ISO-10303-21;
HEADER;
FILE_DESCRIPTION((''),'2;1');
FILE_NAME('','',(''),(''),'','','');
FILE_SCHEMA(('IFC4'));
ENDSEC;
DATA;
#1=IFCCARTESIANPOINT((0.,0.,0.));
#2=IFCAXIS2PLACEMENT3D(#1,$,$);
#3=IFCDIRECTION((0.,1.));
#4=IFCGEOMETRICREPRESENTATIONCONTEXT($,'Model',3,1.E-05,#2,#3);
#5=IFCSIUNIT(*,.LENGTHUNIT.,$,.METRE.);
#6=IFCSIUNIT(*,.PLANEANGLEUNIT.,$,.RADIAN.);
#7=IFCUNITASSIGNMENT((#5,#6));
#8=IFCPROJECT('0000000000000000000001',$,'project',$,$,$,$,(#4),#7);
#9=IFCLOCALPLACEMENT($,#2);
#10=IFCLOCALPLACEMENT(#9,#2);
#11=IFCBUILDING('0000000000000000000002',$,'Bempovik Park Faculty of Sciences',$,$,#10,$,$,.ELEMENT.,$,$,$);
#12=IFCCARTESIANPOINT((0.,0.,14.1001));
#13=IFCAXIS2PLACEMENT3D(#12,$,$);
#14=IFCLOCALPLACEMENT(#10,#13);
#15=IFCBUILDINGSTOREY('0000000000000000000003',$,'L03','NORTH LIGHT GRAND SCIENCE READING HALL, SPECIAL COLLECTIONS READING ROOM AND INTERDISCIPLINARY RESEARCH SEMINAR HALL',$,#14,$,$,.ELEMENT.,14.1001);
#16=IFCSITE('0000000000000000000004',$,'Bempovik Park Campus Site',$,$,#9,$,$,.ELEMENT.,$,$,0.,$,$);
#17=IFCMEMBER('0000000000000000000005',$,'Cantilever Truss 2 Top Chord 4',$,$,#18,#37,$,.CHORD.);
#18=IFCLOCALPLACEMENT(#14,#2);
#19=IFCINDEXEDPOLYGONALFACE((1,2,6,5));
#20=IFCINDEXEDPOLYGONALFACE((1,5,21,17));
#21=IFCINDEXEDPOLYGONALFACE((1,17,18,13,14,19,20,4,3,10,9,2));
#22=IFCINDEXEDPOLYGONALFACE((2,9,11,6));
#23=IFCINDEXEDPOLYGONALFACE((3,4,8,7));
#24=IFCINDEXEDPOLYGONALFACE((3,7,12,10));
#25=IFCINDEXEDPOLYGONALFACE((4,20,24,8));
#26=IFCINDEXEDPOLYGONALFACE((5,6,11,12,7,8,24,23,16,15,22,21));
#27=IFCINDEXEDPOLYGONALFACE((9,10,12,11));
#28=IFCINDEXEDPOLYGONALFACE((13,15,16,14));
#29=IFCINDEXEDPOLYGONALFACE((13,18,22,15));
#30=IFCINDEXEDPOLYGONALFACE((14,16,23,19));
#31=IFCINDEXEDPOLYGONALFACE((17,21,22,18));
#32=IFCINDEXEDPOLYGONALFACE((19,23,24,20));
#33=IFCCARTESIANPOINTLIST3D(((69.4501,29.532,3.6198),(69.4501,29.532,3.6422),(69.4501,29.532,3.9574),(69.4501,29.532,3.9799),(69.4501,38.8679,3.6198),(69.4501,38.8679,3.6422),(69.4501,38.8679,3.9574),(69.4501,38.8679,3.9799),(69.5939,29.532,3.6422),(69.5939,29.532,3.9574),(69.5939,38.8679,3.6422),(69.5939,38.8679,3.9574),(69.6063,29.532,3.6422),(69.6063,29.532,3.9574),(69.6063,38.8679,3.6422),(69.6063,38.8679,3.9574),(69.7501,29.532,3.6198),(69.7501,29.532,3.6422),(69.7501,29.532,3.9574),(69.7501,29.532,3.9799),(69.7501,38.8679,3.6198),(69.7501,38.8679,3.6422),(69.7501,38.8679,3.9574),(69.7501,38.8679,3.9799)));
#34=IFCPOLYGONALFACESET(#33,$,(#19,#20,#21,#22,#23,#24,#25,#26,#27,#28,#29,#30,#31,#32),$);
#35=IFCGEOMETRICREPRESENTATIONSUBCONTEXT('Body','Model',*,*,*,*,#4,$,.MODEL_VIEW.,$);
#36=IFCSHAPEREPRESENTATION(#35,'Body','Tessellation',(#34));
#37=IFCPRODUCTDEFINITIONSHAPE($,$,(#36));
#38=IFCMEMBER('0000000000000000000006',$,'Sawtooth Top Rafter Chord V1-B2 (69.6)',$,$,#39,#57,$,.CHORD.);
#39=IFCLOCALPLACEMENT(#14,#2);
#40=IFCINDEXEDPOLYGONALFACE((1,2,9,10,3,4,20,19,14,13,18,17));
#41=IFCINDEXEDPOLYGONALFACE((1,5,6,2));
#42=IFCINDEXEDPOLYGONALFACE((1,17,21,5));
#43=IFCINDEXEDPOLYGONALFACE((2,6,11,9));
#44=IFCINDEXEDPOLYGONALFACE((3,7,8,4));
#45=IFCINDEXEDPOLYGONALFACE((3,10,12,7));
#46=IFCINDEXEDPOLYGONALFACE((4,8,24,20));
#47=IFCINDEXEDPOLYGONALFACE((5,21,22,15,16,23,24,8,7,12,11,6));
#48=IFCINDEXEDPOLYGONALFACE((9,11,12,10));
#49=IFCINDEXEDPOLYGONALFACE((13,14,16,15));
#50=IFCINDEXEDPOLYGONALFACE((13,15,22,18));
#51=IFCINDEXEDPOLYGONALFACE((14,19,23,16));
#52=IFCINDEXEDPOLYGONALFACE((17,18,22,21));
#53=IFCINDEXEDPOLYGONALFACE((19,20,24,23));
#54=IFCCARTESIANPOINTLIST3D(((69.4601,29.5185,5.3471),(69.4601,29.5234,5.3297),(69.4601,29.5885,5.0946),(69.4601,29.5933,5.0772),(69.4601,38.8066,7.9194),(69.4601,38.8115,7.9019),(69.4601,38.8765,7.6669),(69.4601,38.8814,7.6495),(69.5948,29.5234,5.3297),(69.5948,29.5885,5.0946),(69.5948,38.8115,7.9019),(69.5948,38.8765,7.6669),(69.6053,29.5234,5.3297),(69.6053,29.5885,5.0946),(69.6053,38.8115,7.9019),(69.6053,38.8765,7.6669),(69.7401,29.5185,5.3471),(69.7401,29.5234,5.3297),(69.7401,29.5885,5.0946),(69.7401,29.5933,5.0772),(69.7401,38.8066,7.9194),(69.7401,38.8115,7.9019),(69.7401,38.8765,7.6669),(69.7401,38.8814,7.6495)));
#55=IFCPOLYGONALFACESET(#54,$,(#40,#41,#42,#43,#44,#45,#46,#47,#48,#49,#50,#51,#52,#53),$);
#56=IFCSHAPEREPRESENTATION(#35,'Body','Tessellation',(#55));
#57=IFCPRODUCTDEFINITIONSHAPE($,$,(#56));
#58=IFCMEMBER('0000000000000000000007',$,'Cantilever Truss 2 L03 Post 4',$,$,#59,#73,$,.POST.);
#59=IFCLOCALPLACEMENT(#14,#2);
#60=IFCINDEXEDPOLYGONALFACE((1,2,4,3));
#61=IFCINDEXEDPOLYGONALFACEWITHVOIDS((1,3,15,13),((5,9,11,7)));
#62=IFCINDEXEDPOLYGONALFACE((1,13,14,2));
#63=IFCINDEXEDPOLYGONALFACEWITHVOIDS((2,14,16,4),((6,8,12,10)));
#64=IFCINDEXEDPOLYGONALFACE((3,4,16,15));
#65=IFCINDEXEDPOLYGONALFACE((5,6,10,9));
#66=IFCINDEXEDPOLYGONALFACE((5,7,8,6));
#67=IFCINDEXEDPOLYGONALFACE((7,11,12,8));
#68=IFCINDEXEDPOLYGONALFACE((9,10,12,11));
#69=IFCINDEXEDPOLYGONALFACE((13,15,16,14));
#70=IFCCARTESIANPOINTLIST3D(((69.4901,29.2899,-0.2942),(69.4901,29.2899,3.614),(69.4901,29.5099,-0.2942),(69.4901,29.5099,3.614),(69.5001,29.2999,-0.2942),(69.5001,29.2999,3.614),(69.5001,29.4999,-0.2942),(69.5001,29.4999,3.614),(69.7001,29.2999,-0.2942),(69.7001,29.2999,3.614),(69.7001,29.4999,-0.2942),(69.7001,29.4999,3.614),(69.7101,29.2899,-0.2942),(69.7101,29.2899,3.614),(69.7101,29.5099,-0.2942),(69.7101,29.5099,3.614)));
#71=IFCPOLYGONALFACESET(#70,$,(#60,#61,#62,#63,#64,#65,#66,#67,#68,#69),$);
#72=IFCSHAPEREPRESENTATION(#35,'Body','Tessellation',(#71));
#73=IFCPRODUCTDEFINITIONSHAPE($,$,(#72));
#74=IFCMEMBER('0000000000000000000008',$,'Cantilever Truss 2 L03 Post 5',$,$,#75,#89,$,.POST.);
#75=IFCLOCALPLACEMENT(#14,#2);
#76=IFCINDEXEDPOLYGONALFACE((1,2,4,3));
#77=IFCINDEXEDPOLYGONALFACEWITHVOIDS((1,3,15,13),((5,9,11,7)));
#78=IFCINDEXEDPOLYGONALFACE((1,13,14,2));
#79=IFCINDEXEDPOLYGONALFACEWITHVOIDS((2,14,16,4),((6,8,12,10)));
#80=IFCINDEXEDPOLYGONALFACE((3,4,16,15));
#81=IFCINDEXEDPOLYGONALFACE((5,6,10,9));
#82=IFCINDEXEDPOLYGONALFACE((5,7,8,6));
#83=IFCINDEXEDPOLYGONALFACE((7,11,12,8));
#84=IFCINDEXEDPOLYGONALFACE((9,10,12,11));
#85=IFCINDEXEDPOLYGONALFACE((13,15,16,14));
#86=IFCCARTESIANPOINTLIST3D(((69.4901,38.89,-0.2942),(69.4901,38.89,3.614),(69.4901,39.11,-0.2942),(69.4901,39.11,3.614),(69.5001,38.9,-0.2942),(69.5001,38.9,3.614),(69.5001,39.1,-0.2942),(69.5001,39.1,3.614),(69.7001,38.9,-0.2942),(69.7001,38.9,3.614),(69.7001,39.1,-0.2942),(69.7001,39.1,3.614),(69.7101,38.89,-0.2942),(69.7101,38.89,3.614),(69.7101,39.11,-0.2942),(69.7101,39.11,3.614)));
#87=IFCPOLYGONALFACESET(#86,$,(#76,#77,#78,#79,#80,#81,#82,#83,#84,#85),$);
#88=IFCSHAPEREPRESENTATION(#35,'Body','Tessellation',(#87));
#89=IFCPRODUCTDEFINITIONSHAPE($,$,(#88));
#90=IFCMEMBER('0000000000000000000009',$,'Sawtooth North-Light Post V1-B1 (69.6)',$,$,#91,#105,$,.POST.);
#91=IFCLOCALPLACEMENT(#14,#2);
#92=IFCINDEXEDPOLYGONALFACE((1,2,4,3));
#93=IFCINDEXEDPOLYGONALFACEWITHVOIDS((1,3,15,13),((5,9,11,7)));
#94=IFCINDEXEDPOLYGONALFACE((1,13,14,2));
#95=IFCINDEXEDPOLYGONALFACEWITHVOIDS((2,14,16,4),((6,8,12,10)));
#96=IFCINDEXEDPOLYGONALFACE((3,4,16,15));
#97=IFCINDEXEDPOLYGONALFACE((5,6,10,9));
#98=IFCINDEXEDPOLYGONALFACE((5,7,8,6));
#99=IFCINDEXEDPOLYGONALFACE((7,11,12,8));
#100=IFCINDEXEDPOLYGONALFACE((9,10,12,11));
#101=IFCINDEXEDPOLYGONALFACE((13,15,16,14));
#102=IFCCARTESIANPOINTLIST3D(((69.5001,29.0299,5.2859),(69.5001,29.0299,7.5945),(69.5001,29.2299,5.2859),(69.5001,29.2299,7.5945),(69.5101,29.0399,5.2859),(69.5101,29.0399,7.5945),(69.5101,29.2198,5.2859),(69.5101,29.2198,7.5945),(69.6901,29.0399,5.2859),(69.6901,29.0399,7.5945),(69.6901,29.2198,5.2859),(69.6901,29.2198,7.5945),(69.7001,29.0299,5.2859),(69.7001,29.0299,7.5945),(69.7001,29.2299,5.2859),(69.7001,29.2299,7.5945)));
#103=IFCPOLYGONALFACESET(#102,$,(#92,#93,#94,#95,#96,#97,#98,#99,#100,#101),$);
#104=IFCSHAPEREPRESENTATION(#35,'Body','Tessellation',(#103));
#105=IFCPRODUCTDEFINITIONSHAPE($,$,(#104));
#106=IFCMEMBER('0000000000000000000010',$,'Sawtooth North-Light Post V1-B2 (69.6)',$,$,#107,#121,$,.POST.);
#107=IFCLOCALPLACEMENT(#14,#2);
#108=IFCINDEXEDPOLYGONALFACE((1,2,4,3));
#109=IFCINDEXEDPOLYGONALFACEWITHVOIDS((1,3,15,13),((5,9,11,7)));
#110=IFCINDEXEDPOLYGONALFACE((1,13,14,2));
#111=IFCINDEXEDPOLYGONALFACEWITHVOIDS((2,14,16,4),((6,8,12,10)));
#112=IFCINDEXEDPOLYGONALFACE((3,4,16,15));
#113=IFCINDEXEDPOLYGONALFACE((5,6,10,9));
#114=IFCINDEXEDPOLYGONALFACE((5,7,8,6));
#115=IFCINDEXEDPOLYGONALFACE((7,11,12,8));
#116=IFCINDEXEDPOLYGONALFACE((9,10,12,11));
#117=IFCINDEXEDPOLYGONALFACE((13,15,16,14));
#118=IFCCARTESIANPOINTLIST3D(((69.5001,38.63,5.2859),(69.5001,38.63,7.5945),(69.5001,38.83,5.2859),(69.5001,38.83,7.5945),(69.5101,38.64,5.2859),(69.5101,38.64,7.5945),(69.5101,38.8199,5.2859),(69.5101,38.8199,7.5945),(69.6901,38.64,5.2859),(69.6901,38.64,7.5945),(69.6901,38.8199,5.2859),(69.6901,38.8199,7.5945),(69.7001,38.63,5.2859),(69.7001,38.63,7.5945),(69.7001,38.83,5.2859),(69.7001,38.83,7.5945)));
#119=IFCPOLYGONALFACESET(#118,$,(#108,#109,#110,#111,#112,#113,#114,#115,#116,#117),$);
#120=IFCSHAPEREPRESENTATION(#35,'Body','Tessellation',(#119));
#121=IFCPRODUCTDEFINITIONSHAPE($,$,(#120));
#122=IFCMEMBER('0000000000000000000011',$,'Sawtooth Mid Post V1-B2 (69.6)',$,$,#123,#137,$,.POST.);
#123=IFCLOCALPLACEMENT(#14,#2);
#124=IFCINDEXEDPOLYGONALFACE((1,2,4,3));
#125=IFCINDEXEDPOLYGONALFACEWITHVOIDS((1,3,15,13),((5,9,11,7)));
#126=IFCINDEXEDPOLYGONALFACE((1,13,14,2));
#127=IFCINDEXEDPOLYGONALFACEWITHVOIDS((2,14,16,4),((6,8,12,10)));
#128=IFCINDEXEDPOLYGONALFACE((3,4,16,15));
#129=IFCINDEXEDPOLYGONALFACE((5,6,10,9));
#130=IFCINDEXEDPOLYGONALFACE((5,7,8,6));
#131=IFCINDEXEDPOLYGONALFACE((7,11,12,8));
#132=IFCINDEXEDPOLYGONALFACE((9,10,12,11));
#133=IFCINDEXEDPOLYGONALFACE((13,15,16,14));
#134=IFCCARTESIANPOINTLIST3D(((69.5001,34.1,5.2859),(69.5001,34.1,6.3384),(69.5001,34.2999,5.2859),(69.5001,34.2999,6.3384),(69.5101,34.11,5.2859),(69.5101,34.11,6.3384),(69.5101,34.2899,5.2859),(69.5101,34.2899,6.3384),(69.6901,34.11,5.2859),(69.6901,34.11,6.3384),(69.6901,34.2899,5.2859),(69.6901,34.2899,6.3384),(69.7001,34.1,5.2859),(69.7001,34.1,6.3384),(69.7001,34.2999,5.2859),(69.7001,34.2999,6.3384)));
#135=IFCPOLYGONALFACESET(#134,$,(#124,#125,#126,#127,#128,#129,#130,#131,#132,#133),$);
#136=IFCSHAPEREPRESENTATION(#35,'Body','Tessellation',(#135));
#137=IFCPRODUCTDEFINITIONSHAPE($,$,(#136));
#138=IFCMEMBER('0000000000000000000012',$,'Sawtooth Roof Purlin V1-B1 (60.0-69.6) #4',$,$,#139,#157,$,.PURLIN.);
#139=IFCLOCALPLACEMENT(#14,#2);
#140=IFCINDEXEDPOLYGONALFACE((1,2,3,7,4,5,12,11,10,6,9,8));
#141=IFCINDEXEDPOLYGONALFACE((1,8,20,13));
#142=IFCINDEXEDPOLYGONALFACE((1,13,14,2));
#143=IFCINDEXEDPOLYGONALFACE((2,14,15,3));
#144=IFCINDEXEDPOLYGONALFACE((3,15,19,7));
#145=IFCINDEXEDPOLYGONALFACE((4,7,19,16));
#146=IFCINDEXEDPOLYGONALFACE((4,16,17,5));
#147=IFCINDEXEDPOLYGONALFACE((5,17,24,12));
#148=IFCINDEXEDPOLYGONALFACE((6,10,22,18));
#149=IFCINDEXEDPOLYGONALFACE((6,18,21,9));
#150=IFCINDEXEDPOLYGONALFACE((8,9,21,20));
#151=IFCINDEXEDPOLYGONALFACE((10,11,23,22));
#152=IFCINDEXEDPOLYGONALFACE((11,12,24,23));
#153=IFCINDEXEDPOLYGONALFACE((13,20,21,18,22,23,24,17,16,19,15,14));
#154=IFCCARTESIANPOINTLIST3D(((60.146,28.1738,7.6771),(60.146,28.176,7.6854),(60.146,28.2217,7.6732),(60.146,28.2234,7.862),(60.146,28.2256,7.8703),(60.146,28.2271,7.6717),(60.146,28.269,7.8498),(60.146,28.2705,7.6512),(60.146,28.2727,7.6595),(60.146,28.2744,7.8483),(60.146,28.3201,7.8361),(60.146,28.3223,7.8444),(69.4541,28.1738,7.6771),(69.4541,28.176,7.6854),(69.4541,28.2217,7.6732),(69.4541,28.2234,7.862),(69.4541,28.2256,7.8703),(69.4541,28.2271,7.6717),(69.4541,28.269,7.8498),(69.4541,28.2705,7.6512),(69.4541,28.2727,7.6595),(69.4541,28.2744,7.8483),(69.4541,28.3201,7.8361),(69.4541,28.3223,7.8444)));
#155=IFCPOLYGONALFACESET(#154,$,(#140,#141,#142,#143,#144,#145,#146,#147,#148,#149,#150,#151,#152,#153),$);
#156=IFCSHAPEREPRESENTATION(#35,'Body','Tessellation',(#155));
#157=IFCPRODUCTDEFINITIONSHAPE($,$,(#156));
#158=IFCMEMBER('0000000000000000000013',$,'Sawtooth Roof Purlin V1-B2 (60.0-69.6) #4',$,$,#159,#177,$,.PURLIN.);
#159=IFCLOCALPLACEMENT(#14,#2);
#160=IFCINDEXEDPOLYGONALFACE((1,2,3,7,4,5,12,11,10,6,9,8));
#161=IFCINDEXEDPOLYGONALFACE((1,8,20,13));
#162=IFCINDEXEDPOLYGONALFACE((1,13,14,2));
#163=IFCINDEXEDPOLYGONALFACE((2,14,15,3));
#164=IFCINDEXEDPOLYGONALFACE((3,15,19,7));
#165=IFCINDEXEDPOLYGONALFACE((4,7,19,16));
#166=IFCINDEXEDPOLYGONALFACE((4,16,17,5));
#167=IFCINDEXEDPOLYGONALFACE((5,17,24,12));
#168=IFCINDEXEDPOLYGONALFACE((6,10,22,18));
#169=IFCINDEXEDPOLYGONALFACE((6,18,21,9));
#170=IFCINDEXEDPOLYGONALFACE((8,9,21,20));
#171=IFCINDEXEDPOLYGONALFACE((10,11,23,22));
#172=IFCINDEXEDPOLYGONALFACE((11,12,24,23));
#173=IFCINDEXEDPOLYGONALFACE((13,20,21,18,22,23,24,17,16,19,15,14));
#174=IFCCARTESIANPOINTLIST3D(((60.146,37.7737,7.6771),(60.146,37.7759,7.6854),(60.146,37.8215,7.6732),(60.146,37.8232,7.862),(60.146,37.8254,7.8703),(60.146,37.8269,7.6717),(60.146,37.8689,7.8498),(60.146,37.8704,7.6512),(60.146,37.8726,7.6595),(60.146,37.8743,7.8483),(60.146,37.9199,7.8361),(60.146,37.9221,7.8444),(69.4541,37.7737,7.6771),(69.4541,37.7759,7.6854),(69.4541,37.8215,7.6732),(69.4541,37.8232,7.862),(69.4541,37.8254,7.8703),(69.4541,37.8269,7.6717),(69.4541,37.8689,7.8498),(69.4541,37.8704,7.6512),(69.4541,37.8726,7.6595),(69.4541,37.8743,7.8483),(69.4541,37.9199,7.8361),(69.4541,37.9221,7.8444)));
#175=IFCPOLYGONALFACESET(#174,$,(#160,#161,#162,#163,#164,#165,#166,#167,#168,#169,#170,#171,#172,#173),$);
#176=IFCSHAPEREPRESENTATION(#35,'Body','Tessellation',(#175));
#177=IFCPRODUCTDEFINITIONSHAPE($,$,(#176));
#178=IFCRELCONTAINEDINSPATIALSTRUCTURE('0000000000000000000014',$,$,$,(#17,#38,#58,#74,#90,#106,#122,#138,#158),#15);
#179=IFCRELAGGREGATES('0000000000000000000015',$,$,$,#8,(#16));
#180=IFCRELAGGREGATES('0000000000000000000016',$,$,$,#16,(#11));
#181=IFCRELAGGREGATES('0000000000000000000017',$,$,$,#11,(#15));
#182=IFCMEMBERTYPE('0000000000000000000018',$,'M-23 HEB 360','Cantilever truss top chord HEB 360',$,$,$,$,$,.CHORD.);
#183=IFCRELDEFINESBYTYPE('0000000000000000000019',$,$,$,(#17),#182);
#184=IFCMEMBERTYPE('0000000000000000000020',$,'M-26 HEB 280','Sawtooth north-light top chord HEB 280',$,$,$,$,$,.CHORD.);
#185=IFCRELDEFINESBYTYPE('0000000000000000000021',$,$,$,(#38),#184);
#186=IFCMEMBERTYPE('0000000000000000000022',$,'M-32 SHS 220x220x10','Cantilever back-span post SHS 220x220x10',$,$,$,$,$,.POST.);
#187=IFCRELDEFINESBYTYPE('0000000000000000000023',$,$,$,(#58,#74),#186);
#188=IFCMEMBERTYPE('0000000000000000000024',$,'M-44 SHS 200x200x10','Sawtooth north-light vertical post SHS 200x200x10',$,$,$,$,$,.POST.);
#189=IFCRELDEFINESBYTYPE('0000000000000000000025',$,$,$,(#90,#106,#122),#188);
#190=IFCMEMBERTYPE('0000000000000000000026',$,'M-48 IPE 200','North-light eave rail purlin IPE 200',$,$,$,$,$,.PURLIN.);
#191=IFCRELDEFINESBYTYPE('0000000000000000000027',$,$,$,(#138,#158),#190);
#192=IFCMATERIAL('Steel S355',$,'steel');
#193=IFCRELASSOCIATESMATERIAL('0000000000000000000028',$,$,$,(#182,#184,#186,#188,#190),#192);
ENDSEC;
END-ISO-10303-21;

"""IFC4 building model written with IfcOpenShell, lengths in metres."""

from ifc_helpers import new_model, si_unit, direction, frame, origin, origin_2d, place, context, subcontext, project, spatial, hollow_rectangle, i_section, extrude, material, material_profile, profile_set, type_object, element, save


model = new_model("IFC4")

# Units and contexts
model_context = context("Model", 3, precision=1e-05, world=origin(), true_north=direction((0.0, 1.0)))
body_context = subcontext(model_context, "Body", "Model", "MODEL_VIEW")
ifc_project = project(units=[si_unit("LENGTHUNIT", "METRE"), si_unit("PLANEANGLEUNIT", "RADIAN")], contexts=[model_context])

# Site, building, storey
site_placement = place(None, origin())
site = spatial("IfcSite", under=ifc_project, at=site_placement, Name="Bempovik Park Campus Site", CompositionType="ELEMENT", RefElevation=0.0)
building_placement = place(site_placement, origin())
building = spatial("IfcBuilding", under=site, at=building_placement, Name="Bempovik Park Faculty of Sciences", CompositionType="ELEMENT")
storey_placement = place(building_placement, frame((0.0, 0.0, 14.1001)))
storey = spatial("IfcBuildingStorey", under=building, at=storey_placement, Name="L03", Description="NORTH LIGHT GRAND SCIENCE READING HALL, SPECIAL COLLECTIONS READING ROOM AND INTERDISCIPLINARY RESEARCH SEMINAR HALL", CompositionType="ELEMENT", Elevation=14.1001)

# Shared definitions
ifc_material_1 = material(Name="Steel S355", Category="steel")

# Members
ifc_material_profile_1 = material_profile(ifc_material_1, i_section(OverallWidth=0.3, OverallDepth=0.3601, WebThickness=0.0125, FlangeThickness=0.0225, at=origin_2d()), Name="HEB 360")
ifc_profile_set_1 = profile_set([ifc_material_profile_1], Name="Steel S355")
member_type_1 = type_object("IfcMemberType", Name="M-23 HEB 360", Description="Cantilever truss top chord HEB 360", PredefinedType="CHORD", material=ifc_profile_set_1)
member_1_placement = place(storey_placement, frame((69.6001, 29.532, 3.7998), z_axis=(0.0, 1.0, 0.0), x_axis=(-1.0, 0.0, 0.0)))
element("IfcMember", 1, at=member_1_placement, inside=storey, type_object=member_type_1, Name="Cantilever Truss 2 Top Chord 4", PredefinedType="CHORD", context=body_context, shape_type="SweptSolid", body=[
    extrude(i_section(OverallWidth=0.3, OverallDepth=0.3601, WebThickness=0.0125, FlangeThickness=0.0225, at=origin_2d()), origin(), (0.0, 0.0, 1.0), 9.3359),
])
ifc_material_profile_2 = material_profile(ifc_material_1, i_section(OverallWidth=0.28, OverallDepth=0.28, WebThickness=0.0105, FlangeThickness=0.0181, at=origin_2d()), Name="HEB 280")
ifc_profile_set_2 = profile_set([ifc_material_profile_2], Name="Steel S355")
member_type_2 = type_object("IfcMemberType", Name="M-26 HEB 280", Description="Sawtooth north-light top chord HEB 280", PredefinedType="CHORD", material=ifc_profile_set_2)
member_2_placement = place(storey_placement, frame((69.6001, 29.5559, 5.2122), z_axis=(0.0, 0.963725, 0.266896), x_axis=(-1.0, 0.0, 0.0)))
element("IfcMember", 2, at=member_2_placement, inside=storey, type_object=member_type_2, Name="Sawtooth Top Rafter Chord V1-B2 (69.6)", PredefinedType="CHORD", context=body_context, shape_type="SweptSolid", body=[
    extrude(i_section(OverallWidth=0.28, OverallDepth=0.28, WebThickness=0.0105, FlangeThickness=0.0181, at=origin_2d()), origin(), (0.0, 0.0, 1.0), 9.6377),
])
ifc_material_profile_3 = material_profile(ifc_material_1, hollow_rectangle(XDim=0.22, YDim=0.22, WallThickness=0.01, at=origin_2d()), Name="SHS 220x220x10")
ifc_profile_set_3 = profile_set([ifc_material_profile_3], Name="Steel S355")
member_type_3 = type_object("IfcMemberType", Name="M-32 SHS 220x220x10", Description="Cantilever back-span post SHS 220x220x10", PredefinedType="POST", material=ifc_profile_set_3)
for number, where, z_axis, x_axis, name in (
    (3, (69.6001, 29.3999, -0.2942), (0.0, 0.0, 1.0), (1.0, 0.0, 0.0), "Cantilever Truss 2 L03 Post 4"),
    (4, (69.6001, 39.0, -0.2942), (0.0, 0.0, 1.0), (1.0, 0.0, 0.0), "Cantilever Truss 2 L03 Post 5"),
):
    element("IfcMember", number, at=place(storey_placement, frame(where, z_axis=z_axis, x_axis=x_axis)), inside=storey, type_object=member_type_3, Name=name, PredefinedType="POST", context=body_context, shape_type="SweptSolid", body=[
        extrude(hollow_rectangle(XDim=0.22, YDim=0.22, WallThickness=0.01, at=origin_2d()), origin(), (0.0, 0.0, 1.0), 3.9082),
    ])
ifc_material_profile_4 = material_profile(ifc_material_1, hollow_rectangle(XDim=0.2, YDim=0.2, WallThickness=0.01, at=origin_2d()), Name="SHS 200x200x10")
ifc_profile_set_4 = profile_set([ifc_material_profile_4], Name="Steel S355")
member_type_4 = type_object("IfcMemberType", Name="M-44 SHS 200x200x10", Description="Sawtooth north-light vertical post SHS 200x200x10", PredefinedType="POST", material=ifc_profile_set_4)
for number, where, z_axis, x_axis, name in (
    (5, (69.6001, 29.1299, 5.2859), (0.0, 0.0, 1.0), (1.0, 0.0, 0.0), "Sawtooth North-Light Post V1-B1 (69.6)"),
    (6, (69.6001, 38.73, 5.2859), (0.0, 0.0, 1.0), (1.0, 0.0, 0.0), "Sawtooth North-Light Post V1-B2 (69.6)"),
):
    element("IfcMember", number, at=place(storey_placement, frame(where, z_axis=z_axis, x_axis=x_axis)), inside=storey, type_object=member_type_4, Name=name, PredefinedType="POST", context=body_context, shape_type="SweptSolid", body=[
        extrude(hollow_rectangle(XDim=0.2, YDim=0.2, WallThickness=0.01, at=origin_2d()), origin(), (0.0, 0.0, 1.0), 2.3086),
    ])
member_3_placement = place(storey_placement, frame((69.6001, 34.2, 5.2859), z_axis=(0.0, 0.0, 1.0), x_axis=(1.0, 0.0, 0.0)))
element("IfcMember", 7, at=member_3_placement, inside=storey, type_object=member_type_4, Name="Sawtooth Mid Post V1-B2 (69.6)", PredefinedType="POST", context=body_context, shape_type="SweptSolid", body=[
    extrude(hollow_rectangle(XDim=0.2, YDim=0.2, WallThickness=0.01, at=origin_2d()), origin(), (0.0, 0.0, 1.0), 1.0525),
])
ifc_material_profile_5 = material_profile(ifc_material_1, i_section(OverallWidth=0.1001, OverallDepth=0.2, WebThickness=0.0056, FlangeThickness=0.0085, at=origin_2d()), Name="IPE 200")
ifc_profile_set_5 = profile_set([ifc_material_profile_5], Name="Steel S355")
member_type_5 = type_object("IfcMemberType", Name="M-48 IPE 200", Description="North-light eave rail purlin IPE 200", PredefinedType="PURLIN", material=ifc_profile_set_5)
for number, where, z_axis, x_axis, name in (
    (8, (60.146, 28.248, 7.7607), (1.0, 0.0, 0.0), (0.0, 0.965926, -0.258819), "Sawtooth Roof Purlin V1-B1 (60.0-69.6) #4"),
    (9, (60.146, 37.8479, 7.7607), (1.0, 0.0, 0.0), (0.0, 0.965926, -0.258819), "Sawtooth Roof Purlin V1-B2 (60.0-69.6) #4"),
):
    element("IfcMember", number, at=place(storey_placement, frame(where, z_axis=z_axis, x_axis=x_axis)), inside=storey, type_object=member_type_5, Name=name, PredefinedType="PURLIN", context=body_context, shape_type="SweptSolid", body=[
        extrude(i_section(OverallWidth=0.1001, OverallDepth=0.2, WebThickness=0.0056, FlangeThickness=0.0085, at=origin_2d()), origin(), (0.0, 0.0, 1.0), 9.3081),
    ])

save(model, "model.ifc")
